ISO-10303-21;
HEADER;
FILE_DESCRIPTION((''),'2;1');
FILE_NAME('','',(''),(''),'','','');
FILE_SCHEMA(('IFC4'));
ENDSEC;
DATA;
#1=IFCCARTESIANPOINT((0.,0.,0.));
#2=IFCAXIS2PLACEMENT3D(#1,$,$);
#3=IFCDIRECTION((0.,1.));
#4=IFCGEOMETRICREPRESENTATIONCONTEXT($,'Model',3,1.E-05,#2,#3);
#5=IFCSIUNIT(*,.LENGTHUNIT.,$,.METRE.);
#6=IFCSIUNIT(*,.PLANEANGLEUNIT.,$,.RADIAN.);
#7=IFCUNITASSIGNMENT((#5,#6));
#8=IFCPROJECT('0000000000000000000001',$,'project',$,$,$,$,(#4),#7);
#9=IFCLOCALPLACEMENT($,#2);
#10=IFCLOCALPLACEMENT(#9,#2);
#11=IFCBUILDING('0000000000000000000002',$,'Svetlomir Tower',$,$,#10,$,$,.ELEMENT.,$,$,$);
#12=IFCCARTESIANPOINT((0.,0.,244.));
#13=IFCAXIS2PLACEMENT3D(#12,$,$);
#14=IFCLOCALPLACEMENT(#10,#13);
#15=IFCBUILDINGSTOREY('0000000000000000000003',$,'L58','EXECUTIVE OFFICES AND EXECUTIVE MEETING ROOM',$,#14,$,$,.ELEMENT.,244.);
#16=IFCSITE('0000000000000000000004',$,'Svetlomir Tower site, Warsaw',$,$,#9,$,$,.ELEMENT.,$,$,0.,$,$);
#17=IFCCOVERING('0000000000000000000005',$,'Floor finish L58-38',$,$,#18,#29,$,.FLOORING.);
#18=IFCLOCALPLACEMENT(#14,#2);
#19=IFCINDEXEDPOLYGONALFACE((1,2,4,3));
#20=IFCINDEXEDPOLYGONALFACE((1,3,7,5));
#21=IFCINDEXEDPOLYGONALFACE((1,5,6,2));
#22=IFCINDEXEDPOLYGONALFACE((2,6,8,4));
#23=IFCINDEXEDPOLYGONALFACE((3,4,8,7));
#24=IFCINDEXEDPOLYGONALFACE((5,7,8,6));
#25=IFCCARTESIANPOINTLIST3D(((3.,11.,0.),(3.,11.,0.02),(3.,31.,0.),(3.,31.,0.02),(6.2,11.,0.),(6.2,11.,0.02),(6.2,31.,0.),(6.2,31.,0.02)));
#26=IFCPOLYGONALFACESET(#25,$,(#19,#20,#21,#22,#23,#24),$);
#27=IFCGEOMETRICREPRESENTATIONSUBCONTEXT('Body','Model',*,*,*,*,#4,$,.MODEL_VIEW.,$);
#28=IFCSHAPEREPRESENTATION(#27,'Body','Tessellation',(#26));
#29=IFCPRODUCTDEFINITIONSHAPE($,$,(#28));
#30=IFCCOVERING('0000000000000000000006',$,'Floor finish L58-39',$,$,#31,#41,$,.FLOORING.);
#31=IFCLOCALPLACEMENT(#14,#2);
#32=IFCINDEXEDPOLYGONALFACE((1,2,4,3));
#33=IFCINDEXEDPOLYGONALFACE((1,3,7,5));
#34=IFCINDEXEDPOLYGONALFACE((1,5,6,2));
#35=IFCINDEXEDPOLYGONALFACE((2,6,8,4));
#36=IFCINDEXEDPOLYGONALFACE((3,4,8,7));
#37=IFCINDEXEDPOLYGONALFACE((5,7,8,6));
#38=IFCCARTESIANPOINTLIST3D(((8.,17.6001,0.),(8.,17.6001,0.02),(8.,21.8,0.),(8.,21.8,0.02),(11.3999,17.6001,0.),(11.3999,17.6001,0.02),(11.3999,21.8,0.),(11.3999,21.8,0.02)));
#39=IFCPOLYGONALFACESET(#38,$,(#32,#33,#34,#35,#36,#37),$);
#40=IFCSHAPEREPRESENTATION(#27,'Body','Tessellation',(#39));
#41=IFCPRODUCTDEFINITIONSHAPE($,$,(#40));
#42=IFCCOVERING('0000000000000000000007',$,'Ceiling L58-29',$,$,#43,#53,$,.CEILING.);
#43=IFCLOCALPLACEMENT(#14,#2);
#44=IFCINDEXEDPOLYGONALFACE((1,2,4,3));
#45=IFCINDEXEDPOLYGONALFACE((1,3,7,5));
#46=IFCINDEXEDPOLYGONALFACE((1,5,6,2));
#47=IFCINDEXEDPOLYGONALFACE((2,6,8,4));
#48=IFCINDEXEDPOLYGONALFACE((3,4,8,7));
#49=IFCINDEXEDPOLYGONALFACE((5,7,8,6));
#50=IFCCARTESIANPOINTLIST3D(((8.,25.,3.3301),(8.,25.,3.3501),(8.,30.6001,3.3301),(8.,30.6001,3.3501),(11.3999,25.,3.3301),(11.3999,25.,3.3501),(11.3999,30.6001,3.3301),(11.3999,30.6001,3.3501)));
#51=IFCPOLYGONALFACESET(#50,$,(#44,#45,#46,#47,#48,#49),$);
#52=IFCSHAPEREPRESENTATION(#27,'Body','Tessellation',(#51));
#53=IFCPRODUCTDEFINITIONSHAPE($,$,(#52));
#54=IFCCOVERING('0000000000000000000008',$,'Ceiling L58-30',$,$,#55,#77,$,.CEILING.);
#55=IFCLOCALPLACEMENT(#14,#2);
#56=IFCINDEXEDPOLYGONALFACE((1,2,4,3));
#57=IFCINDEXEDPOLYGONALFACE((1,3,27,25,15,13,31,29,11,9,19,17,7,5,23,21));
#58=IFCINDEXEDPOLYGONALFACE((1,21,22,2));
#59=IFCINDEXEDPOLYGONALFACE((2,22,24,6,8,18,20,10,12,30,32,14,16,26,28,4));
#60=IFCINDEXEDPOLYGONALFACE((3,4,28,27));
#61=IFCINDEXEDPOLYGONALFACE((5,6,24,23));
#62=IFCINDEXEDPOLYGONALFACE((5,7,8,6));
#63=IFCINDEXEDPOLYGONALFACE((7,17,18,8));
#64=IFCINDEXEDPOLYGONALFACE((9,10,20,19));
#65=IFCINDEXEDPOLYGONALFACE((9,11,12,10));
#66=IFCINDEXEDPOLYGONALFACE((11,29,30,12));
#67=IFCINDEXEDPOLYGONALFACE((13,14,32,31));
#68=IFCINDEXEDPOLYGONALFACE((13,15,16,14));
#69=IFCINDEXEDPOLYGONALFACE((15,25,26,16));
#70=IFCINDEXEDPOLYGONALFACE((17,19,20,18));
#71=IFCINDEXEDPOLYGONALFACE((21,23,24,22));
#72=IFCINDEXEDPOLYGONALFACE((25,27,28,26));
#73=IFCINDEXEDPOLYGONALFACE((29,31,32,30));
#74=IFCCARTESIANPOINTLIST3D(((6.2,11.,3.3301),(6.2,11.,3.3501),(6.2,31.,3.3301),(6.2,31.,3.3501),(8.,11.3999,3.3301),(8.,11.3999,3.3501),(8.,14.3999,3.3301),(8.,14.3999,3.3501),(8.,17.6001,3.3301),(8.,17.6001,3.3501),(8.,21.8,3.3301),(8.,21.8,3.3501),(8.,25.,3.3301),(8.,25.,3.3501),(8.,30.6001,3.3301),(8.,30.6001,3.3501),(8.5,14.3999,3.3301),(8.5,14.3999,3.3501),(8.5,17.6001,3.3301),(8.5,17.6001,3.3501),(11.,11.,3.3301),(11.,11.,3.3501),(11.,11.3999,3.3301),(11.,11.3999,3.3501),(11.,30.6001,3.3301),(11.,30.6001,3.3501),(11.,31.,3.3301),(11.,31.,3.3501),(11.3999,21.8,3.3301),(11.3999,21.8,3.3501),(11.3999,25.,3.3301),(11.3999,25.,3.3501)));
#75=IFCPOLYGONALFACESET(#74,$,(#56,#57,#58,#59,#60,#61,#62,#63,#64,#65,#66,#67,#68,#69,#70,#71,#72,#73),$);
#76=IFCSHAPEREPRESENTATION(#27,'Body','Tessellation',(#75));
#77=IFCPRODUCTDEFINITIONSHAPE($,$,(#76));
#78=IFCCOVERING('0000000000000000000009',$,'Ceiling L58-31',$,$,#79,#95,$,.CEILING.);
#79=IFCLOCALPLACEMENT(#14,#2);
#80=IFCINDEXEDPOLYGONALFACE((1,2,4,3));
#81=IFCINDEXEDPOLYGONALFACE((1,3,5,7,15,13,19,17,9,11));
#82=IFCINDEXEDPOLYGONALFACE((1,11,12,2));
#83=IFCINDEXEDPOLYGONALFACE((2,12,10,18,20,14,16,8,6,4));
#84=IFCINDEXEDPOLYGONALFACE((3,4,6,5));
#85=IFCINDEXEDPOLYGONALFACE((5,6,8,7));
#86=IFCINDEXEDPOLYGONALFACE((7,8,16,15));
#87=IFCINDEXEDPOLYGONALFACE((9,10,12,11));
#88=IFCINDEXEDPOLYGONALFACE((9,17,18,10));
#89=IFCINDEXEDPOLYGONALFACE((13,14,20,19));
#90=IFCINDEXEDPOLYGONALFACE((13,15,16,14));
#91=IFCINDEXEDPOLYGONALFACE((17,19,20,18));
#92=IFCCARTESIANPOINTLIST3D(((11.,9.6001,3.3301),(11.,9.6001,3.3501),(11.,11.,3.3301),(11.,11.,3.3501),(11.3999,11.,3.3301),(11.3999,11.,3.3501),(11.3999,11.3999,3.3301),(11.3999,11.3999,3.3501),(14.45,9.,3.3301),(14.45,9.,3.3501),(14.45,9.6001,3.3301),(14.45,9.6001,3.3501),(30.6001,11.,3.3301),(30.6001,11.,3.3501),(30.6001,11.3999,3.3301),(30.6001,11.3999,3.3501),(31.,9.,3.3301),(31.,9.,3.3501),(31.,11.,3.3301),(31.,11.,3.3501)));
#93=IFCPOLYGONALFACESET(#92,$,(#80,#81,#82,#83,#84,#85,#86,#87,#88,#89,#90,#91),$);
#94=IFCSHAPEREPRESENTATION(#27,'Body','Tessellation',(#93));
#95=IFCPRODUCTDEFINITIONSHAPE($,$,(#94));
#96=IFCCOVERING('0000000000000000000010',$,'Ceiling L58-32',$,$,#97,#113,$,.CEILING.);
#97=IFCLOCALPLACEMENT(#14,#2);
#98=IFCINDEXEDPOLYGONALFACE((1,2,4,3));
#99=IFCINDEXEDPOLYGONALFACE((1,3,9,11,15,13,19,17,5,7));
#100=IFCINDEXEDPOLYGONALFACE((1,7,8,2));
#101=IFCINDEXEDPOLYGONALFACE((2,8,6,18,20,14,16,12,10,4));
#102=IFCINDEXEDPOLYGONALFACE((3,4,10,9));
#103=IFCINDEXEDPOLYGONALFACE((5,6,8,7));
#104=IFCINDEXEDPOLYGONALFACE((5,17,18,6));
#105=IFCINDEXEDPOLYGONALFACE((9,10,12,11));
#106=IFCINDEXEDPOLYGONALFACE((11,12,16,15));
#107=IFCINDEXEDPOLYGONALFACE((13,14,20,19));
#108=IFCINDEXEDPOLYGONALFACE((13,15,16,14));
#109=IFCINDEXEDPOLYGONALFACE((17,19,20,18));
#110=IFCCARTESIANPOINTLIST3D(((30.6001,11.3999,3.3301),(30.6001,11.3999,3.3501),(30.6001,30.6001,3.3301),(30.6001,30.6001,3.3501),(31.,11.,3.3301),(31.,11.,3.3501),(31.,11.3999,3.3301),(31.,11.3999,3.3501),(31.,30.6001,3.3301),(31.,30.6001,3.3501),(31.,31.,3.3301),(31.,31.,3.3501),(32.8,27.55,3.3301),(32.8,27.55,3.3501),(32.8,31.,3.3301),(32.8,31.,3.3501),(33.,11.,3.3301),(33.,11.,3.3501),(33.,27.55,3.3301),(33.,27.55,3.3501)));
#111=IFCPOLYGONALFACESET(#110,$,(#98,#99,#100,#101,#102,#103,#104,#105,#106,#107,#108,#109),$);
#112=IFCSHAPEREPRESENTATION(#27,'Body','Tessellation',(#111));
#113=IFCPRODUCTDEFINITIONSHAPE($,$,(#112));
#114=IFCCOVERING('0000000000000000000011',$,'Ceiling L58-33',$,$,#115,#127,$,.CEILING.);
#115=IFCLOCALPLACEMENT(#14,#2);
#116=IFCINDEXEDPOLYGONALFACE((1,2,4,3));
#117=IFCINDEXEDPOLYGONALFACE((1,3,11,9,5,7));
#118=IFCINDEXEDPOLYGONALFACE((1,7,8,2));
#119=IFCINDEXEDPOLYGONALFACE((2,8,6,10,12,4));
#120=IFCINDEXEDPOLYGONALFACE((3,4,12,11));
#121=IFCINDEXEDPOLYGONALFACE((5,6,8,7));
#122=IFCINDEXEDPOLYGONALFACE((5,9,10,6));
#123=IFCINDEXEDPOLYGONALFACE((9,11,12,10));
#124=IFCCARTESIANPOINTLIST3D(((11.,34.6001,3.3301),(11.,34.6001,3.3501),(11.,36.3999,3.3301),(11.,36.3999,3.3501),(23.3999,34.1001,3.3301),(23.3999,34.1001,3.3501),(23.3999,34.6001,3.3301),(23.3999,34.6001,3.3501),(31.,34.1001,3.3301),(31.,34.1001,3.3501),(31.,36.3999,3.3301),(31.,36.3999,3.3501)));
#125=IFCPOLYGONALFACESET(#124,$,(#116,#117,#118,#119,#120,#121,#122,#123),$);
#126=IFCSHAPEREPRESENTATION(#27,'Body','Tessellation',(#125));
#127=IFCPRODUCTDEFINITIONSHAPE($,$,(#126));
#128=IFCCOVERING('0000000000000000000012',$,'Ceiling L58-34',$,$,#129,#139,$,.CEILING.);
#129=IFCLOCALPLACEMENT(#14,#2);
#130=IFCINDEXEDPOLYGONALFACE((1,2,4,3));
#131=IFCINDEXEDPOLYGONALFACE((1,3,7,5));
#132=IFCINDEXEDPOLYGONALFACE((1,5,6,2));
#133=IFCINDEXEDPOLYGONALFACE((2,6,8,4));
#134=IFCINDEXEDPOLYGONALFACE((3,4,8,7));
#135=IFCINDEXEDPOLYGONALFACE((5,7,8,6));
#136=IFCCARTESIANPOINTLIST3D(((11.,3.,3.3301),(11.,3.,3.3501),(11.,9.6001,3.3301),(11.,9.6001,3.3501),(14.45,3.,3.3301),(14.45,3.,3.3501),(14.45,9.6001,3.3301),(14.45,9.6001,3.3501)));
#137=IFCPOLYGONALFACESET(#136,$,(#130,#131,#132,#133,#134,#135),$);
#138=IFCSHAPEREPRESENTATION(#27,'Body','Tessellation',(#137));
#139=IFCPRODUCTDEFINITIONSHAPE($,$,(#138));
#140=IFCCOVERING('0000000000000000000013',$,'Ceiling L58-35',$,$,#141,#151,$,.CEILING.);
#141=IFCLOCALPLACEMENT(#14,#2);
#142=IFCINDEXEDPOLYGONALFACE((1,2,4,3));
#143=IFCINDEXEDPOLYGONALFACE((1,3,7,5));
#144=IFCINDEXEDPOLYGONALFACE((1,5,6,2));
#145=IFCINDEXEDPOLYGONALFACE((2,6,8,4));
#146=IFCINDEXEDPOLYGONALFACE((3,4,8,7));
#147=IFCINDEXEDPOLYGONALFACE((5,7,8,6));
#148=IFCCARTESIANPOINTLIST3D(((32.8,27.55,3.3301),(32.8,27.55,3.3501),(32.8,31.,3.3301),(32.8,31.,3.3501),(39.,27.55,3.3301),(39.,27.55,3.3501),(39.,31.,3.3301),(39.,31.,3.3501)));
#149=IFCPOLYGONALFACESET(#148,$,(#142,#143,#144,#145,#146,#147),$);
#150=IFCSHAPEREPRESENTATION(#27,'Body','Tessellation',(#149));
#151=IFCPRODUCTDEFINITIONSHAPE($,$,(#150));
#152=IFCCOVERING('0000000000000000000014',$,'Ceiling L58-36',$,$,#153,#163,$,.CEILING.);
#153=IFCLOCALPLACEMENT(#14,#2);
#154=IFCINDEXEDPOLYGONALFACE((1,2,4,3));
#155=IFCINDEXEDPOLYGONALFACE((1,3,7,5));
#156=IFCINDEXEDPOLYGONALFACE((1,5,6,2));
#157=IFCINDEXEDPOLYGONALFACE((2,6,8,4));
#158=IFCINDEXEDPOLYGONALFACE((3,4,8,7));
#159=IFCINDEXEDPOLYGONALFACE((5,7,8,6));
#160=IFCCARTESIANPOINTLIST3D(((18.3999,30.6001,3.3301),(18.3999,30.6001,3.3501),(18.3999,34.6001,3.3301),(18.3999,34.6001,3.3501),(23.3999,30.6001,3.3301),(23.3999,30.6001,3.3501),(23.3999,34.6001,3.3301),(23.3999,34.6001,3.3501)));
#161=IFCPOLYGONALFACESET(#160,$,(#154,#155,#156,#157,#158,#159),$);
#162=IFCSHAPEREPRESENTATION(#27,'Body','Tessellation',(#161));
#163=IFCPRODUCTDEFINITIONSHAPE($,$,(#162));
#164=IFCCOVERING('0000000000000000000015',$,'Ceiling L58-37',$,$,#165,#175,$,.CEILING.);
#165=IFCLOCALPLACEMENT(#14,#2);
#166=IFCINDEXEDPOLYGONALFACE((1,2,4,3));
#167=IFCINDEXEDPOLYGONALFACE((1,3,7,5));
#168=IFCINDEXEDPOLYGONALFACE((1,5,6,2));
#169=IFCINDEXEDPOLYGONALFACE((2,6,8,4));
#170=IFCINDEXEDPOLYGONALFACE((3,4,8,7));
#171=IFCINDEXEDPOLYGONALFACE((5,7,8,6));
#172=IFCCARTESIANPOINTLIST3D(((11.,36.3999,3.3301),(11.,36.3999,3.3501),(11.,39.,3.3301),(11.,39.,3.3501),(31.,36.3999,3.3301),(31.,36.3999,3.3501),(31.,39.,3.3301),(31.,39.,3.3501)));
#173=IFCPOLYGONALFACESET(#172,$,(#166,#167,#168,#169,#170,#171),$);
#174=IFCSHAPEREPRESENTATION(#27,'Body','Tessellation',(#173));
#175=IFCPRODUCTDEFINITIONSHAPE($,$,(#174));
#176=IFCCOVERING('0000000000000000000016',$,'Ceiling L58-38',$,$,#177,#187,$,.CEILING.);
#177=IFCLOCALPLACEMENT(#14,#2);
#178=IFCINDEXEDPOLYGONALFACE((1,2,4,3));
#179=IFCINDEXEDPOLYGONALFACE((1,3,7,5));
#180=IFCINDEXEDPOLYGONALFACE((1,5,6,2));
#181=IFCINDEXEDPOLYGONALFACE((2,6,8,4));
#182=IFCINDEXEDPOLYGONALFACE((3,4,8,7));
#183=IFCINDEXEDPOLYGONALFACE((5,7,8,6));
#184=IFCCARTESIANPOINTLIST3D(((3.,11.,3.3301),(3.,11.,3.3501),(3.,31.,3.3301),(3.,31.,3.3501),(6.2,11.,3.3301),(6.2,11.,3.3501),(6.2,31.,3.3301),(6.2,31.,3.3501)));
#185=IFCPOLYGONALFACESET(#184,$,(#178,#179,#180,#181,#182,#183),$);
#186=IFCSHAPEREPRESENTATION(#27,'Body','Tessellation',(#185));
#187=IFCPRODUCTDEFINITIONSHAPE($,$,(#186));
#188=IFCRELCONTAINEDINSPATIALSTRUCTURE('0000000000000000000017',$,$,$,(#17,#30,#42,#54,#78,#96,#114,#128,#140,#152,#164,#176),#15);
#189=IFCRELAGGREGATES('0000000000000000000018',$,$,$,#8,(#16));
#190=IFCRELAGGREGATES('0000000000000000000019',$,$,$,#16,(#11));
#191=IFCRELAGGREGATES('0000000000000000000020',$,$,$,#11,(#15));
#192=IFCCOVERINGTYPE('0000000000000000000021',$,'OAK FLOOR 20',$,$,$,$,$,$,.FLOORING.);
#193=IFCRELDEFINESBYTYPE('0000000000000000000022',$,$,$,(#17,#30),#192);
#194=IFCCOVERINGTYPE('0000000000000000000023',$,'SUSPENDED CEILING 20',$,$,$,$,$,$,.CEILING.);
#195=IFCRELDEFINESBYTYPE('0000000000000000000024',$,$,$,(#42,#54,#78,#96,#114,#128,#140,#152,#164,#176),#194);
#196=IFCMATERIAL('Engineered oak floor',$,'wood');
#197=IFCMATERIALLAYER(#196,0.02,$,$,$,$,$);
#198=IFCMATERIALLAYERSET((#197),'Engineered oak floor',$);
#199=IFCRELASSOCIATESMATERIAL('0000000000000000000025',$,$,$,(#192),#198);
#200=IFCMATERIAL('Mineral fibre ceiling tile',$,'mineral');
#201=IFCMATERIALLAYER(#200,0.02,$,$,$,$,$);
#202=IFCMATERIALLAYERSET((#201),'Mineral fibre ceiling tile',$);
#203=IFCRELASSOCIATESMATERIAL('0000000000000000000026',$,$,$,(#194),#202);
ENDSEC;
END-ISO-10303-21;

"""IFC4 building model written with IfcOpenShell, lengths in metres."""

from ifc_helpers import new_model, si_unit, direction, frame, origin, place, context, subcontext, project, spatial, polyline, outline, extrude, material, layer, layer_set, type_object, element, save


model = new_model("IFC4")

# Units and contexts
model_context = context("Model", 3, precision=1e-05, world=origin(), true_north=direction((0.0, 1.0)))
body_context = subcontext(model_context, "Body", "Model", "MODEL_VIEW")
ifc_project = project(units=[si_unit("LENGTHUNIT", "METRE"), si_unit("PLANEANGLEUNIT", "RADIAN")], contexts=[model_context])

# Site, building, storey
site_placement = place(None, origin())
site = spatial("IfcSite", under=ifc_project, at=site_placement, Name="Svetlomir Tower site, Warsaw", CompositionType="ELEMENT", RefElevation=0.0)
building_placement = place(site_placement, origin())
building = spatial("IfcBuilding", under=site, at=building_placement, Name="Svetlomir Tower", CompositionType="ELEMENT")
storey_placement = place(building_placement, frame((0.0, 0.0, 244.0)))
storey = spatial("IfcBuildingStorey", under=building, at=storey_placement, Name="L58", Description="EXECUTIVE OFFICES AND EXECUTIVE MEETING ROOM", CompositionType="ELEMENT", Elevation=244.0)

# Coverings
ifc_material_1 = material(Name="Engineered oak floor", Category="wood")
ifc_layer_1 = layer(ifc_material_1, 0.02)
ifc_layer_set_1 = layer_set([ifc_layer_1], Name="Engineered oak floor")
covering_type_1 = type_object("IfcCoveringType", Name="OAK FLOOR 20", PredefinedType="FLOORING", material=ifc_layer_set_1)
covering_1_placement = place(storey_placement, origin())
element("IfcCovering", 1, at=covering_1_placement, inside=storey, type_object=covering_type_1, Name="Floor finish L58-38", PredefinedType="FLOORING", context=body_context, shape_type="SweptSolid", body=[
    extrude(outline(polyline([(3.0, 31.0), (6.2, 31.0), (6.2, 11.0), (3.0, 11.0), (3.0, 31.0)])), origin(), (0.0, 0.0, 1.0), 0.02),
])
covering_2_placement = place(storey_placement, origin())
element("IfcCovering", 2, at=covering_2_placement, inside=storey, type_object=covering_type_1, Name="Floor finish L58-39", PredefinedType="FLOORING", context=body_context, shape_type="SweptSolid", body=[
    extrude(outline(polyline([(8.0, 17.6001), (8.0, 21.8), (11.3999, 21.8), (11.3999, 17.6001), (8.0, 17.6001)])), origin(), (0.0, 0.0, 1.0), 0.02),
])
ifc_material_2 = material(Name="Mineral fibre ceiling tile", Category="mineral")
ifc_layer_2 = layer(ifc_material_2, 0.02)
ifc_layer_set_2 = layer_set([ifc_layer_2], Name="Mineral fibre ceiling tile")
covering_type_2 = type_object("IfcCoveringType", Name="SUSPENDED CEILING 20", PredefinedType="CEILING", material=ifc_layer_set_2)
covering_3_placement = place(storey_placement, frame((0.0, 0.0, 3.3301)))
element("IfcCovering", 3, at=covering_3_placement, inside=storey, type_object=covering_type_2, Name="Ceiling L58-29", PredefinedType="CEILING", context=body_context, shape_type="SweptSolid", body=[
    extrude(outline(polyline([(8.0, 25.0), (11.3999, 25.0), (11.3999, 30.6001), (8.0, 30.6001), (8.0, 25.0)])), origin(), (0.0, 0.0, 1.0), 0.02),
])
covering_4_placement = place(storey_placement, frame((0.0, 0.0, 3.3301)))
element("IfcCovering", 4, at=covering_4_placement, inside=storey, type_object=covering_type_2, Name="Ceiling L58-30", PredefinedType="CEILING", context=body_context, shape_type="SweptSolid", body=[
    extrude(outline(polyline([(6.2, 11.0), (6.2, 31.0), (11.0, 31.0), (11.0, 30.6001), (8.0, 30.6001), (8.0, 25.0), (11.3999, 25.0), (11.3999, 21.8), (8.0, 21.8), (8.0, 17.6001), (8.5, 17.6001), (8.5, 14.3999), (8.0, 14.3999), (8.0, 11.3999), (11.0, 11.3999), (11.0, 11.0), (6.2, 11.0)])), origin(), (0.0, 0.0, 1.0), 0.02),
])
covering_5_placement = place(storey_placement, frame((0.0, 0.0, 3.3301)))
element("IfcCovering", 5, at=covering_5_placement, inside=storey, type_object=covering_type_2, Name="Ceiling L58-31", PredefinedType="CEILING", context=body_context, shape_type="SweptSolid", body=[
    extrude(outline(polyline([(30.6001, 11.3999), (30.6001, 11.0), (31.0, 11.0), (31.0, 9.0), (14.45, 9.0), (14.45, 9.6001), (11.0, 9.6001), (11.0, 11.0), (11.3999, 11.0), (11.3999, 11.3999), (30.6001, 11.3999)])), origin(), (0.0, 0.0, 1.0), 0.02),
])
covering_6_placement = place(storey_placement, frame((0.0, 0.0, 3.3301)))
element("IfcCovering", 6, at=covering_6_placement, inside=storey, type_object=covering_type_2, Name="Ceiling L58-32", PredefinedType="CEILING", context=body_context, shape_type="SweptSolid", body=[
    extrude(outline(polyline([(30.6001, 30.6001), (31.0, 30.6001), (31.0, 31.0), (32.8, 31.0), (32.8, 27.55), (33.0, 27.55), (33.0, 11.0), (31.0, 11.0), (31.0, 11.3999), (30.6001, 11.3999), (30.6001, 30.6001)])), origin(), (0.0, 0.0, 1.0), 0.02),
])
covering_7_placement = place(storey_placement, frame((0.0, 0.0, 3.3301)))
element("IfcCovering", 7, at=covering_7_placement, inside=storey, type_object=covering_type_2, Name="Ceiling L58-33", PredefinedType="CEILING", context=body_context, shape_type="SweptSolid", body=[
    extrude(outline(polyline([(11.0, 34.6001), (11.0, 36.3999), (31.0, 36.3999), (31.0, 34.1001), (23.3999, 34.1001), (23.3999, 34.6001), (11.0, 34.6001)])), origin(), (0.0, 0.0, 1.0), 0.02),
])
covering_8_placement = place(storey_placement, frame((0.0, 0.0, 3.3301)))
element("IfcCovering", 8, at=covering_8_placement, inside=storey, type_object=covering_type_2, Name="Ceiling L58-34", PredefinedType="CEILING", context=body_context, shape_type="SweptSolid", body=[
    extrude(outline(polyline([(14.45, 9.6001), (14.45, 3.0), (11.0, 3.0), (11.0, 9.6001), (14.45, 9.6001)])), origin(), (0.0, 0.0, 1.0), 0.02),
])
covering_9_placement = place(storey_placement, frame((0.0, 0.0, 3.3301)))
element("IfcCovering", 9, at=covering_9_placement, inside=storey, type_object=covering_type_2, Name="Ceiling L58-35", PredefinedType="CEILING", context=body_context, shape_type="SweptSolid", body=[
    extrude(outline(polyline([(39.0, 27.55), (32.8, 27.55), (32.8, 31.0), (39.0, 31.0), (39.0, 27.55)])), origin(), (0.0, 0.0, 1.0), 0.02),
])
covering_10_placement = place(storey_placement, frame((0.0, 0.0, 3.3301)))
element("IfcCovering", 10, at=covering_10_placement, inside=storey, type_object=covering_type_2, Name="Ceiling L58-36", PredefinedType="CEILING", context=body_context, shape_type="SweptSolid", body=[
    extrude(outline(polyline([(18.3999, 30.6001), (18.3999, 34.6001), (23.3999, 34.6001), (23.3999, 30.6001), (18.3999, 30.6001)])), origin(), (0.0, 0.0, 1.0), 0.02),
])
covering_11_placement = place(storey_placement, frame((0.0, 0.0, 3.3301)))
element("IfcCovering", 11, at=covering_11_placement, inside=storey, type_object=covering_type_2, Name="Ceiling L58-37", PredefinedType="CEILING", context=body_context, shape_type="SweptSolid", body=[
    extrude(outline(polyline([(31.0, 39.0), (31.0, 36.3999), (11.0, 36.3999), (11.0, 39.0), (31.0, 39.0)])), origin(), (0.0, 0.0, 1.0), 0.02),
])
covering_12_placement = place(storey_placement, frame((0.0, 0.0, 3.3301)))
element("IfcCovering", 12, at=covering_12_placement, inside=storey, type_object=covering_type_2, Name="Ceiling L58-38", PredefinedType="CEILING", context=body_context, shape_type="SweptSolid", body=[
    extrude(outline(polyline([(3.0, 31.0), (6.2, 31.0), (6.2, 11.0), (3.0, 11.0), (3.0, 31.0)])), origin(), (0.0, 0.0, 1.0), 0.02),
])

save(model, "model.ifc")
